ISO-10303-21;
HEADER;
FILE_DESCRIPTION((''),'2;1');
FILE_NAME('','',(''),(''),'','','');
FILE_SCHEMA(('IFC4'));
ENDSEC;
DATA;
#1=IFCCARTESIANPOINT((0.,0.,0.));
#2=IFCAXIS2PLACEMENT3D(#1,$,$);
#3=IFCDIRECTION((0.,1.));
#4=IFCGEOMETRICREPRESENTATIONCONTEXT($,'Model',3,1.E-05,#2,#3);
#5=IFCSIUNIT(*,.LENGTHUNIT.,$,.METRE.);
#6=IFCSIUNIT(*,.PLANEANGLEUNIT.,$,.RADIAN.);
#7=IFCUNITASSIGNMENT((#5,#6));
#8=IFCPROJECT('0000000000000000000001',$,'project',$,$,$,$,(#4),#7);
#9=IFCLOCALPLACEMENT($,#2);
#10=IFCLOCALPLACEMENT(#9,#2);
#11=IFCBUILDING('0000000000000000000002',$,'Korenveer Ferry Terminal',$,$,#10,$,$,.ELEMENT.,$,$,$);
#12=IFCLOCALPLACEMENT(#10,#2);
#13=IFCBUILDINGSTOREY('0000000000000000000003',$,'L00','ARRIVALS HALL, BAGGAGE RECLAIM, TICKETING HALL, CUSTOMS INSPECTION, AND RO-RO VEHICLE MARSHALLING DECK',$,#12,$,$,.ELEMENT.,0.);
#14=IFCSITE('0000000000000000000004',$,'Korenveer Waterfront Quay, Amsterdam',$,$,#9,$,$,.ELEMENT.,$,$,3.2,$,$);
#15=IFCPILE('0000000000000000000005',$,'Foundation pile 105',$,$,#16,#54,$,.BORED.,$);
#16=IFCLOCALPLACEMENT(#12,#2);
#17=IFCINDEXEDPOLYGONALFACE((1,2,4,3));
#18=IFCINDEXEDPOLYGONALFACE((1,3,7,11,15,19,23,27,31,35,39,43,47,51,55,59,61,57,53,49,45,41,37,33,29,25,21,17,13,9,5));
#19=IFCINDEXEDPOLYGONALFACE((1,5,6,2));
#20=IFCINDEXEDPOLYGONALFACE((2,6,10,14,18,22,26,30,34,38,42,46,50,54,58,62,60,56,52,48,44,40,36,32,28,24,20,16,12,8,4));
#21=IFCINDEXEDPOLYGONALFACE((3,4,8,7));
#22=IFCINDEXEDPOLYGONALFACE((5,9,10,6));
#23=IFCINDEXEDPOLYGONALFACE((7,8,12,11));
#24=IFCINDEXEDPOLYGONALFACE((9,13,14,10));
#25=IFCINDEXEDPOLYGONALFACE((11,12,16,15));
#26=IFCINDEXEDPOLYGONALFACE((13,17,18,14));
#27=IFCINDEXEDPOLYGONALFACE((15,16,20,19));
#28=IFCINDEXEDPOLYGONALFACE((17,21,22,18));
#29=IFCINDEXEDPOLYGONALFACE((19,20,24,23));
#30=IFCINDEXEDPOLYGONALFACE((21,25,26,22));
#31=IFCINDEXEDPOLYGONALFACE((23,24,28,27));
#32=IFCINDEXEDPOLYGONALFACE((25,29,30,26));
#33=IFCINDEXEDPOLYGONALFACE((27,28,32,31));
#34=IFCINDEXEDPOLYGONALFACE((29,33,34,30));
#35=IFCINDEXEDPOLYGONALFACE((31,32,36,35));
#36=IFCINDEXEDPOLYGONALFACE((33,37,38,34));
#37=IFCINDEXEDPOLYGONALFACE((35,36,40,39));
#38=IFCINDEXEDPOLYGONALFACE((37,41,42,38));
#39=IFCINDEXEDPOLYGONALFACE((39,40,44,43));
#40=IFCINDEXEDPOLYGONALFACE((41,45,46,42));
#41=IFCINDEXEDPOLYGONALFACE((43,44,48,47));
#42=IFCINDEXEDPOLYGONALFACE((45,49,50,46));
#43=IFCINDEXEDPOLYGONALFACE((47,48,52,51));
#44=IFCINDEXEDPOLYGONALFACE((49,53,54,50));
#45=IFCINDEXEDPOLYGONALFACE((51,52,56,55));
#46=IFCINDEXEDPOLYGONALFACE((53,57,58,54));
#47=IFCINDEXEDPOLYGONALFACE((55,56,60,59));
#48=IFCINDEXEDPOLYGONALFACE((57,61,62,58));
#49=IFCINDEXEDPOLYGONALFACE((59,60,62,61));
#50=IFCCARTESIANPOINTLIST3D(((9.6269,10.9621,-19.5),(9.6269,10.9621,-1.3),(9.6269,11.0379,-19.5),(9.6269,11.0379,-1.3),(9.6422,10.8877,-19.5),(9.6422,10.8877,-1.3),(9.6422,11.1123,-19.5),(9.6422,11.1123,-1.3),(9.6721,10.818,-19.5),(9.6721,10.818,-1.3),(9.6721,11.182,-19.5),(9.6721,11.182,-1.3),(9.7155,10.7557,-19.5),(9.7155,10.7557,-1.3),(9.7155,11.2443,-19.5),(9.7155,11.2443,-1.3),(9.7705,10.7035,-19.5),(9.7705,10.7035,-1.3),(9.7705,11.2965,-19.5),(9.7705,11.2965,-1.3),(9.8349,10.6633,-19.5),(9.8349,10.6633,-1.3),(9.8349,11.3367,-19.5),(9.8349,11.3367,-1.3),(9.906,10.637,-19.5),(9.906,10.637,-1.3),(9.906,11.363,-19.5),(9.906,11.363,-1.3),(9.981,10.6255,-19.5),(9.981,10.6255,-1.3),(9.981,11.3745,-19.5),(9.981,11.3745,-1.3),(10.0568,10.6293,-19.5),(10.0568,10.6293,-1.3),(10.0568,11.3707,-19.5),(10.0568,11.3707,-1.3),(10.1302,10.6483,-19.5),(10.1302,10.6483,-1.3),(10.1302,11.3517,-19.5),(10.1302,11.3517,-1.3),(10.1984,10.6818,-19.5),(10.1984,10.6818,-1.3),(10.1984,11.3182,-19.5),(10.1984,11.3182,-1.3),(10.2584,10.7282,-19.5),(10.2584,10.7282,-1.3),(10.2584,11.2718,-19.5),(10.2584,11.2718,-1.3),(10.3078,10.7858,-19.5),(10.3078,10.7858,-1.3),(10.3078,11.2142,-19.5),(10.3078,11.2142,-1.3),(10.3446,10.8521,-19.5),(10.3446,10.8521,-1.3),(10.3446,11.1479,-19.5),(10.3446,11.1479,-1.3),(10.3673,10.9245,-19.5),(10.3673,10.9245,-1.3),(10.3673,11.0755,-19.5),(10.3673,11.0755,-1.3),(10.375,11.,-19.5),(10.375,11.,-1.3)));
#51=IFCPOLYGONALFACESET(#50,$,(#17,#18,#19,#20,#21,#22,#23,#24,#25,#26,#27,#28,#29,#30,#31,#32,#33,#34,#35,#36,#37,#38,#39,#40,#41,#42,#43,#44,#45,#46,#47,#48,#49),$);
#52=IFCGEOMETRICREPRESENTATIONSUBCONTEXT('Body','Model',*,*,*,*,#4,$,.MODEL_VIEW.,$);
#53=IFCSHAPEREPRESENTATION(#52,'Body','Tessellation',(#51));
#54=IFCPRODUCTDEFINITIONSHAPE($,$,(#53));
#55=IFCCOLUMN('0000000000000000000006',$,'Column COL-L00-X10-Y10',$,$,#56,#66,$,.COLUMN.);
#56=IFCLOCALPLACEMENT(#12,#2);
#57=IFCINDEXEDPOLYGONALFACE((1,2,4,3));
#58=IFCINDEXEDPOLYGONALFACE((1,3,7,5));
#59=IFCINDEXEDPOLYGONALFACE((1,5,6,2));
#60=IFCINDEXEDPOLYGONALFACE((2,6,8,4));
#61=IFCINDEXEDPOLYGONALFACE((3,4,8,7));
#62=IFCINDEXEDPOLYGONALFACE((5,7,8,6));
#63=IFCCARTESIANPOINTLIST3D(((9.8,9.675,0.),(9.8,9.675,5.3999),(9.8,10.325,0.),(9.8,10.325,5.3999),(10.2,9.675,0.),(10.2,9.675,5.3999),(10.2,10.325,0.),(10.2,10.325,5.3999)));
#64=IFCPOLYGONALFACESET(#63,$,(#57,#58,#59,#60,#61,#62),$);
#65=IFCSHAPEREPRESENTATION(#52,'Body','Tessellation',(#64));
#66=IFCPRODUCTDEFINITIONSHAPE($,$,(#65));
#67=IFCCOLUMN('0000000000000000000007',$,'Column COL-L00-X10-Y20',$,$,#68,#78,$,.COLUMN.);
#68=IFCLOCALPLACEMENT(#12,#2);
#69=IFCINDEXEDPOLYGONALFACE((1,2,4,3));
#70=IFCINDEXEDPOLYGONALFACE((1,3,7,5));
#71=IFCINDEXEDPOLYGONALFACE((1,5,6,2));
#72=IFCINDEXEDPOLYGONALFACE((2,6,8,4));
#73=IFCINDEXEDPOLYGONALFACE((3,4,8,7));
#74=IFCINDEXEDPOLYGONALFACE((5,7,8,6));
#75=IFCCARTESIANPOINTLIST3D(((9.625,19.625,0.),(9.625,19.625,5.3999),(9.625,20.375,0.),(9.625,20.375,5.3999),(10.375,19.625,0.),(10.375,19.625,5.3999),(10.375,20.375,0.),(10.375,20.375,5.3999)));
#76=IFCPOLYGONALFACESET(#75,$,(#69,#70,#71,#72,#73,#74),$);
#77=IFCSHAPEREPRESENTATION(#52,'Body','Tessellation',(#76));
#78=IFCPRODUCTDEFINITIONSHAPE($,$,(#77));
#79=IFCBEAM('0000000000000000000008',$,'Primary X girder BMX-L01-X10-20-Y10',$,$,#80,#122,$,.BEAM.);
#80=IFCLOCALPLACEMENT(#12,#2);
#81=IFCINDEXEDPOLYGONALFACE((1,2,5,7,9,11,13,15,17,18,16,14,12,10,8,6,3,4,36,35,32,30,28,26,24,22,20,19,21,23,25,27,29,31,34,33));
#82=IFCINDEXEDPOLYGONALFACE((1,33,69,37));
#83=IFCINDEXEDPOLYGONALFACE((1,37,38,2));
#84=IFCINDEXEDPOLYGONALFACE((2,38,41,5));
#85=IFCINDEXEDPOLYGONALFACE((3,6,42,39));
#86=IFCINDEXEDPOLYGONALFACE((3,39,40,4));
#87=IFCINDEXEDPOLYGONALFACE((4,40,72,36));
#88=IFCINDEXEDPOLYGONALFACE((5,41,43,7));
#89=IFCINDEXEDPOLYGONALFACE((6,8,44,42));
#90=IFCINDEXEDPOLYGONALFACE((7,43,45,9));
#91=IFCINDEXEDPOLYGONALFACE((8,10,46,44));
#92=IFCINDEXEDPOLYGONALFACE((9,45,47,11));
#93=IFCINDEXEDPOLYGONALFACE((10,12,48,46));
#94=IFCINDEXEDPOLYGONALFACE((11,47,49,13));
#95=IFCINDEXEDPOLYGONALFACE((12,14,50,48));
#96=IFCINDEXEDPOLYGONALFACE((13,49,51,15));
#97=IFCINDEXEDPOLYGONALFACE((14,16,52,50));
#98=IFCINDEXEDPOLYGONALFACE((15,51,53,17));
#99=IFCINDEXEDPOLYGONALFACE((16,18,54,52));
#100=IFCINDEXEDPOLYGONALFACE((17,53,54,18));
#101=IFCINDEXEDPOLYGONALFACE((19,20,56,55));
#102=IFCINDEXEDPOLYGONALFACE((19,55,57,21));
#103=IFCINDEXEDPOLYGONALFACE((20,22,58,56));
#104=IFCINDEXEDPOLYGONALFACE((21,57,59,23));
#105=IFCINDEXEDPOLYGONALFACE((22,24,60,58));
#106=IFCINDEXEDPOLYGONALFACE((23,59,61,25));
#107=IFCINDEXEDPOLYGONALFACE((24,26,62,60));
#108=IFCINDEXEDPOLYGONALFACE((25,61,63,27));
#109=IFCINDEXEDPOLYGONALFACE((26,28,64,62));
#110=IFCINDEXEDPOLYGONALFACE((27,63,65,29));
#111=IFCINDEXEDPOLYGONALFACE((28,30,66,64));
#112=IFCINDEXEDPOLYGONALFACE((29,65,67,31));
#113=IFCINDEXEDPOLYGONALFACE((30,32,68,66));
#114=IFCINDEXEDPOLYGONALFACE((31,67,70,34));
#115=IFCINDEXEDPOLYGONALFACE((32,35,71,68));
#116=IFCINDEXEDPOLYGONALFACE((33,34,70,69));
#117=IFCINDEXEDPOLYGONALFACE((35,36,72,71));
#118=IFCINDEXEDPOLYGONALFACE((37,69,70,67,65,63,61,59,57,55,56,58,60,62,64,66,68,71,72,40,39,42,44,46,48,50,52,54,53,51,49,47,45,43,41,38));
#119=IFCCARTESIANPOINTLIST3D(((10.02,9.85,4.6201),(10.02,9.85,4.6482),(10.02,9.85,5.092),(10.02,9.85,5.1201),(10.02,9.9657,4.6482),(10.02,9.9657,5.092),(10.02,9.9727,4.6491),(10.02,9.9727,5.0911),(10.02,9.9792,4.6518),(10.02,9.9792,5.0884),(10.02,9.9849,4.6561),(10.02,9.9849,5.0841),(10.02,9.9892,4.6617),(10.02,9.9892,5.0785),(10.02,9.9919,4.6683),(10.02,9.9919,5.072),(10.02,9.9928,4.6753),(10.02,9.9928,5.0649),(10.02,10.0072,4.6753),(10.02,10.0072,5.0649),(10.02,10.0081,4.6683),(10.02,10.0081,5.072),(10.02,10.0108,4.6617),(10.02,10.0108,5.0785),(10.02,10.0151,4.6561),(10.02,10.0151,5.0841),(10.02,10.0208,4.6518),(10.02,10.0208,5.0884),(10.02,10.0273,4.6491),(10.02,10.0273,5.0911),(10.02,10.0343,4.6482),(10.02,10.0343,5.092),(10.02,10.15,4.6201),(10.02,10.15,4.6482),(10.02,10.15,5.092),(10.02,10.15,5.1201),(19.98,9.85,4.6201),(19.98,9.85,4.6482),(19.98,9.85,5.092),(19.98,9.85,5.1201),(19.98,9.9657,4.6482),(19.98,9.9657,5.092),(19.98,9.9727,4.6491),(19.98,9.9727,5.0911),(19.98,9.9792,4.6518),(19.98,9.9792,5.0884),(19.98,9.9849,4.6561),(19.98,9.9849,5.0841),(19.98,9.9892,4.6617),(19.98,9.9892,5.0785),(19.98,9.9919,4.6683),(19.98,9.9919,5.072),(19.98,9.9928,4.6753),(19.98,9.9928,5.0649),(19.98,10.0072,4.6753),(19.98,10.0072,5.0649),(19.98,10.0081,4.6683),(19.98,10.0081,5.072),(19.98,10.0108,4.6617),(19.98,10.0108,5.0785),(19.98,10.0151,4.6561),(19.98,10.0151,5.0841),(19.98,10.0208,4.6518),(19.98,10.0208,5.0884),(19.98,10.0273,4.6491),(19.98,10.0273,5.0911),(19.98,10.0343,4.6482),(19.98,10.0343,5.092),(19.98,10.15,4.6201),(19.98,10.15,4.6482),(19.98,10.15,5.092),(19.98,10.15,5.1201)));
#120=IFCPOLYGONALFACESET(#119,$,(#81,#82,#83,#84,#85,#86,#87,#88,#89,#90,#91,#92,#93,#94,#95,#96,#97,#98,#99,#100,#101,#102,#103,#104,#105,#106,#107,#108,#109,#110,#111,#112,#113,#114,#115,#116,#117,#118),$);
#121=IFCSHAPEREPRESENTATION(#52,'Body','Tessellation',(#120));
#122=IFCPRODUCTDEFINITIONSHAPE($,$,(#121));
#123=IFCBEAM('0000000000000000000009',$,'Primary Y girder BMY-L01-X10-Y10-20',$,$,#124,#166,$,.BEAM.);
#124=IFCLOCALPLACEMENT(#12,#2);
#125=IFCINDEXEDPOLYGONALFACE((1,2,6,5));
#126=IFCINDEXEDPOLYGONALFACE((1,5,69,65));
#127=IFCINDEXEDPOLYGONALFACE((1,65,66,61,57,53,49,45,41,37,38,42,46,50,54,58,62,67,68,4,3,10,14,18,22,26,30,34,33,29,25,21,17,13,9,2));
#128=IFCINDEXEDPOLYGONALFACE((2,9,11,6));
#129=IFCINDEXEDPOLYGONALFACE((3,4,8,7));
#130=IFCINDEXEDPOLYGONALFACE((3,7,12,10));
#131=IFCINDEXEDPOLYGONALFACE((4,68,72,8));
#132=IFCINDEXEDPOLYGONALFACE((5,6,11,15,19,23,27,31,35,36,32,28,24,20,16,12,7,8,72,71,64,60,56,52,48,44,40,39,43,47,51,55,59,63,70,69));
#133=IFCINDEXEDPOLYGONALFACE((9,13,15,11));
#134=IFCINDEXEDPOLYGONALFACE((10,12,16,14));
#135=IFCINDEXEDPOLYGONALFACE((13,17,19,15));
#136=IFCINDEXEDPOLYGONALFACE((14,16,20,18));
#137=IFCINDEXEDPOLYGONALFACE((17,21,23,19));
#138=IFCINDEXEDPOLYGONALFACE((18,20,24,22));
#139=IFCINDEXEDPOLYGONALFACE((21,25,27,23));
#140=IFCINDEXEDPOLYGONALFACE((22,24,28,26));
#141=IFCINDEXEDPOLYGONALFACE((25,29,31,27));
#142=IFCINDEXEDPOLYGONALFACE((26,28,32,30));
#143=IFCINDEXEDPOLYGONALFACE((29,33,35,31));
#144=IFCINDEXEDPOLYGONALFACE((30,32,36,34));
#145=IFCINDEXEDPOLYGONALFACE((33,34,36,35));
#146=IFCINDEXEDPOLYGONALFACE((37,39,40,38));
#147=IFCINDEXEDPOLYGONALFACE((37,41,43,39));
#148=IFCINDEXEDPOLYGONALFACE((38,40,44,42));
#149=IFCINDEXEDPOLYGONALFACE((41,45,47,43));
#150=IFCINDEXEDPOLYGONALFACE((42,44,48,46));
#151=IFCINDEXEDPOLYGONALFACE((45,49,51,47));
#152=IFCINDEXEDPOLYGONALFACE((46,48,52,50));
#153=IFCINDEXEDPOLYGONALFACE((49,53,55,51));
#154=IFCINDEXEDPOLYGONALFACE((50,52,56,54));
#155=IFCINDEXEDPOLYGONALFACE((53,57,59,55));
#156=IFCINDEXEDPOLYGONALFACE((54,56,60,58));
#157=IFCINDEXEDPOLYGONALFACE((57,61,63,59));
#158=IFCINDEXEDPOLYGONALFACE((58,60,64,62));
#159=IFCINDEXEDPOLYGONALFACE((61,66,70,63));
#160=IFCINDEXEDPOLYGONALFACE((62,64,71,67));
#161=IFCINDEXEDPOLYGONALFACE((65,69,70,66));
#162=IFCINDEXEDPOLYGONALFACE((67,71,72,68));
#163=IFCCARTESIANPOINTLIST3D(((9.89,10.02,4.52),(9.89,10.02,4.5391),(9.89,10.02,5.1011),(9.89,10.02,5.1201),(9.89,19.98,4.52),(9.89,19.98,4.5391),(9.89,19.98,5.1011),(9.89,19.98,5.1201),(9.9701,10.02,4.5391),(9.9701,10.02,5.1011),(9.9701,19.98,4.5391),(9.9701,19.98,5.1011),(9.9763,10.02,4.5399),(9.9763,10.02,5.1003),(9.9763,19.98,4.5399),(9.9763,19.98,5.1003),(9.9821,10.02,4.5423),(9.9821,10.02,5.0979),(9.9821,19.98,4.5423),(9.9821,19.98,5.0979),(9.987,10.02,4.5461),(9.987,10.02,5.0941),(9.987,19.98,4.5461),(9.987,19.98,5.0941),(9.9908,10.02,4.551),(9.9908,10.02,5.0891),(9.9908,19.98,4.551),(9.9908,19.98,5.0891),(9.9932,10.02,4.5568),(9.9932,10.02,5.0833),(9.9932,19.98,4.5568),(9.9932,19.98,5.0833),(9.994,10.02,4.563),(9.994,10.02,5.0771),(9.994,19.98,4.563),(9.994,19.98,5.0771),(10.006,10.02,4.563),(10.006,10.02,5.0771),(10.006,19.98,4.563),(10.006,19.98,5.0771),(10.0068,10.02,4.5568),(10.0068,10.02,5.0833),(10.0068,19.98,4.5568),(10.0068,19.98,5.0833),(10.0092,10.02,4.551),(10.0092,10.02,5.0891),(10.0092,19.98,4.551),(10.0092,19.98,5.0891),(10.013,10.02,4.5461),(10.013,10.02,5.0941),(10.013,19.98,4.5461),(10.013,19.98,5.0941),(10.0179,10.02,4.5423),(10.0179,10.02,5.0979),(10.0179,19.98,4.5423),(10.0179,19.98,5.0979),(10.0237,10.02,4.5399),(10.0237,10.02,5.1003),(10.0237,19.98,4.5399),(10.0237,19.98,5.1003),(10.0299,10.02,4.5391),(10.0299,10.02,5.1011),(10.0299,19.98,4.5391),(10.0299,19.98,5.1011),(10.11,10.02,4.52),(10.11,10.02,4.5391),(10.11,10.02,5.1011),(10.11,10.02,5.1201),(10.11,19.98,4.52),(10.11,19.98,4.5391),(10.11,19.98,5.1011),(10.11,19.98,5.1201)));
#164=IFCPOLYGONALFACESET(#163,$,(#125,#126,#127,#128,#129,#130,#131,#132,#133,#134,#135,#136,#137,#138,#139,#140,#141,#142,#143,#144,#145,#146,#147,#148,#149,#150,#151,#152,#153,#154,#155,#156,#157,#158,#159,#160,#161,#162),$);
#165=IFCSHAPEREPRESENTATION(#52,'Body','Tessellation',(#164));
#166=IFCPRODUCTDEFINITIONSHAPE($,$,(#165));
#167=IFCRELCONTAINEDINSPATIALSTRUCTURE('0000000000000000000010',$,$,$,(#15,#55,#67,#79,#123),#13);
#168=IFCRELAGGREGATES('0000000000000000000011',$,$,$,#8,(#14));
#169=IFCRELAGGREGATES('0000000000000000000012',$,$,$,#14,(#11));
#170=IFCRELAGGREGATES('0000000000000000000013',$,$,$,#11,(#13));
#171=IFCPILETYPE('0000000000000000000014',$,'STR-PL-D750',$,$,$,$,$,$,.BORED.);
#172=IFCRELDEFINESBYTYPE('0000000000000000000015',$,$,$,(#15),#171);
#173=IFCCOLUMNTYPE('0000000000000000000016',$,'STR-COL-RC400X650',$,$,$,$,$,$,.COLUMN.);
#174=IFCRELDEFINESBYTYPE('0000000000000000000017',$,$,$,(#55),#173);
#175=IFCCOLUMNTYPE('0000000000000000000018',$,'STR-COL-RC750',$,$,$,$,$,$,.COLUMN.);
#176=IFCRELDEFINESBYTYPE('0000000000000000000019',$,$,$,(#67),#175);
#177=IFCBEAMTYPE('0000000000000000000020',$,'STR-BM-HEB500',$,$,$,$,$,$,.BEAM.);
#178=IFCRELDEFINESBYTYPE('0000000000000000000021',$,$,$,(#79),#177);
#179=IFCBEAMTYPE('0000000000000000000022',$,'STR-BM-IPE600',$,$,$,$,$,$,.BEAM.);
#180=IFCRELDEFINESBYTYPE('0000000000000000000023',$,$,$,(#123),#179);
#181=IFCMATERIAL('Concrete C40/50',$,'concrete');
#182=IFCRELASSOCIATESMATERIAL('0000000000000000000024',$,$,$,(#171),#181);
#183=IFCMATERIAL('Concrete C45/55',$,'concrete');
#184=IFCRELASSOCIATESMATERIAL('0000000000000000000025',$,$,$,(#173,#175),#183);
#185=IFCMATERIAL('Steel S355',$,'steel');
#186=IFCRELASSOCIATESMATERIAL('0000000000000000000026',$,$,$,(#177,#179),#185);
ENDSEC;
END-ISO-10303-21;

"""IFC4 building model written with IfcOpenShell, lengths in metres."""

from ifc_helpers import new_model, si_unit, direction, frame, origin, origin_2d, place, context, subcontext, project, spatial, rectangle, circle, i_section, extrude, material, material_profile, profile_set, type_object, element, save


model = new_model("IFC4")

# Units and contexts
model_context = context("Model", 3, precision=1e-05, world=origin(), true_north=direction((0.0, 1.0)))
body_context = subcontext(model_context, "Body", "Model", "MODEL_VIEW")
ifc_project = project(units=[si_unit("LENGTHUNIT", "METRE"), si_unit("PLANEANGLEUNIT", "RADIAN")], contexts=[model_context])

# Site, building, storey
site_placement = place(None, origin())
site = spatial("IfcSite", under=ifc_project, at=site_placement, Name="Korenveer Waterfront Quay, Amsterdam", CompositionType="ELEMENT", RefElevation=3.2)
building_placement = place(site_placement, origin())
building = spatial("IfcBuilding", under=site, at=building_placement, Name="Korenveer Ferry Terminal", CompositionType="ELEMENT")
storey_placement = place(building_placement, origin())
storey = spatial("IfcBuildingStorey", under=building, at=storey_placement, Name="L00", Description="ARRIVALS HALL, BAGGAGE RECLAIM, TICKETING HALL, CUSTOMS INSPECTION, AND RO-RO VEHICLE MARSHALLING DECK", CompositionType="ELEMENT", Elevation=0.0)

# Shared definitions
ifc_material_1 = material(Name="Concrete C40/50", Category="concrete")
ifc_material_2 = material(Name="Concrete C45/55", Category="concrete")

# Pile
ifc_material_profile_1 = material_profile(ifc_material_1, circle(Radius=0.375, at=origin_2d()), Name="PILE D750")
ifc_profile_set_1 = profile_set([ifc_material_profile_1], Name="Concrete C40/50")
pile_type_1 = type_object("IfcPileType", Name="STR-PL-D750", PredefinedType="BORED", material=ifc_profile_set_1)
for number, where, z_axis, x_axis, name in (
    (1, (10.0, 11.0, -1.3), (0.0, 0.0, -1.0), (1.0, 0.0, 0.0), "Foundation pile 105"),
):
    element("IfcPile", number, at=place(storey_placement, frame(where, z_axis=z_axis, x_axis=x_axis)), inside=storey, type_object=pile_type_1, Name=name, PredefinedType="BORED", context=body_context, shape_type="SweptSolid", body=[
        extrude(circle(Radius=0.375, at=origin_2d()), origin(), (0.0, 0.0, 1.0), 18.2),
    ])

# Columns
ifc_material_profile_2 = material_profile(ifc_material_2, rectangle(XDim=0.3999, YDim=0.6499, at=origin_2d()), Name="RC 400x650")
ifc_profile_set_2 = profile_set([ifc_material_profile_2], Name="Concrete C45/55")
column_type_1 = type_object("IfcColumnType", Name="STR-COL-RC400X650", PredefinedType="COLUMN", material=ifc_profile_set_2)
column_1_placement = place(storey_placement, frame((10.0, 10.0, 0.0), z_axis=(0.0, 0.0, 1.0), x_axis=(1.0, 0.0, 0.0)))
element("IfcColumn", 2, at=column_1_placement, inside=storey, type_object=column_type_1, Name="Column COL-L00-X10-Y10", PredefinedType="COLUMN", context=body_context, shape_type="SweptSolid", body=[
    extrude(rectangle(XDim=0.3999, YDim=0.6499, at=origin_2d()), origin(), (0.0, 0.0, 1.0), 5.3999),
])
ifc_material_profile_3 = material_profile(ifc_material_2, rectangle(XDim=0.75, YDim=0.75, at=origin_2d()), Name="RC 750x750")
ifc_profile_set_3 = profile_set([ifc_material_profile_3], Name="Concrete C45/55")
column_type_2 = type_object("IfcColumnType", Name="STR-COL-RC750", PredefinedType="COLUMN", material=ifc_profile_set_3)
column_2_placement = place(storey_placement, frame((10.0, 20.0, 0.0), z_axis=(0.0, 0.0, 1.0), x_axis=(1.0, 0.0, 0.0)))
element("IfcColumn", 3, at=column_2_placement, inside=storey, type_object=column_type_2, Name="Column COL-L00-X10-Y20", PredefinedType="COLUMN", context=body_context, shape_type="SweptSolid", body=[
    extrude(rectangle(XDim=0.75, YDim=0.75, at=origin_2d()), origin(), (0.0, 0.0, 1.0), 5.3999),
])

# Beams
ifc_material_3 = material(Name="Steel S355", Category="steel")
ifc_material_profile_4 = material_profile(ifc_material_3, i_section(OverallWidth=0.3, OverallDepth=0.5, WebThickness=0.0144, FlangeThickness=0.0281, FilletRadius=0.0271, at=origin_2d()), Name="HEB 500")
ifc_profile_set_4 = profile_set([ifc_material_profile_4], Name="Steel S355")
beam_type_1 = type_object("IfcBeamType", Name="STR-BM-HEB500", PredefinedType="BEAM", material=ifc_profile_set_4)
beam_placement = place(storey_placement, frame((10.02, 10.0, 4.8701), z_axis=(1.0, 0.0, 0.0), x_axis=(0.0, 1.0, 0.0)))
element("IfcBeam", 4, at=beam_placement, inside=storey, type_object=beam_type_1, Name="Primary X girder BMX-L01-X10-20-Y10", PredefinedType="BEAM", context=body_context, shape_type="SweptSolid", body=[
    extrude(i_section(OverallWidth=0.3, OverallDepth=0.5, WebThickness=0.0144, FlangeThickness=0.0281, FilletRadius=0.0271, at=origin_2d()), origin(), (0.0, 0.0, 1.0), 9.96),
])
ifc_material_profile_5 = material_profile(ifc_material_3, i_section(OverallWidth=0.22, OverallDepth=0.6001, WebThickness=0.012, FlangeThickness=0.019, FilletRadius=0.0239, at=origin_2d()), Name="IPE 600")
ifc_profile_set_5 = profile_set([ifc_material_profile_5], Name="Steel S355")
beam_type_2 = type_object("IfcBeamType", Name="STR-BM-IPE600", PredefinedType="BEAM", material=ifc_profile_set_5)
for number, where, z_axis, x_axis, name in (
    (5, (10.0, 10.02, 4.8201), (0.0, 1.0, 0.0), (-1.0, 0.0, 0.0), "Primary Y girder BMY-L01-X10-Y10-20"),
):
    element("IfcBeam", number, at=place(storey_placement, frame(where, z_axis=z_axis, x_axis=x_axis)), inside=storey, type_object=beam_type_2, Name=name, PredefinedType="BEAM", context=body_context, shape_type="SweptSolid", body=[
        extrude(i_section(OverallWidth=0.22, OverallDepth=0.6001, WebThickness=0.012, FlangeThickness=0.019, FilletRadius=0.0239, at=origin_2d()), origin(), (0.0, 0.0, 1.0), 9.96),
    ])

save(model, "model.ifc")
